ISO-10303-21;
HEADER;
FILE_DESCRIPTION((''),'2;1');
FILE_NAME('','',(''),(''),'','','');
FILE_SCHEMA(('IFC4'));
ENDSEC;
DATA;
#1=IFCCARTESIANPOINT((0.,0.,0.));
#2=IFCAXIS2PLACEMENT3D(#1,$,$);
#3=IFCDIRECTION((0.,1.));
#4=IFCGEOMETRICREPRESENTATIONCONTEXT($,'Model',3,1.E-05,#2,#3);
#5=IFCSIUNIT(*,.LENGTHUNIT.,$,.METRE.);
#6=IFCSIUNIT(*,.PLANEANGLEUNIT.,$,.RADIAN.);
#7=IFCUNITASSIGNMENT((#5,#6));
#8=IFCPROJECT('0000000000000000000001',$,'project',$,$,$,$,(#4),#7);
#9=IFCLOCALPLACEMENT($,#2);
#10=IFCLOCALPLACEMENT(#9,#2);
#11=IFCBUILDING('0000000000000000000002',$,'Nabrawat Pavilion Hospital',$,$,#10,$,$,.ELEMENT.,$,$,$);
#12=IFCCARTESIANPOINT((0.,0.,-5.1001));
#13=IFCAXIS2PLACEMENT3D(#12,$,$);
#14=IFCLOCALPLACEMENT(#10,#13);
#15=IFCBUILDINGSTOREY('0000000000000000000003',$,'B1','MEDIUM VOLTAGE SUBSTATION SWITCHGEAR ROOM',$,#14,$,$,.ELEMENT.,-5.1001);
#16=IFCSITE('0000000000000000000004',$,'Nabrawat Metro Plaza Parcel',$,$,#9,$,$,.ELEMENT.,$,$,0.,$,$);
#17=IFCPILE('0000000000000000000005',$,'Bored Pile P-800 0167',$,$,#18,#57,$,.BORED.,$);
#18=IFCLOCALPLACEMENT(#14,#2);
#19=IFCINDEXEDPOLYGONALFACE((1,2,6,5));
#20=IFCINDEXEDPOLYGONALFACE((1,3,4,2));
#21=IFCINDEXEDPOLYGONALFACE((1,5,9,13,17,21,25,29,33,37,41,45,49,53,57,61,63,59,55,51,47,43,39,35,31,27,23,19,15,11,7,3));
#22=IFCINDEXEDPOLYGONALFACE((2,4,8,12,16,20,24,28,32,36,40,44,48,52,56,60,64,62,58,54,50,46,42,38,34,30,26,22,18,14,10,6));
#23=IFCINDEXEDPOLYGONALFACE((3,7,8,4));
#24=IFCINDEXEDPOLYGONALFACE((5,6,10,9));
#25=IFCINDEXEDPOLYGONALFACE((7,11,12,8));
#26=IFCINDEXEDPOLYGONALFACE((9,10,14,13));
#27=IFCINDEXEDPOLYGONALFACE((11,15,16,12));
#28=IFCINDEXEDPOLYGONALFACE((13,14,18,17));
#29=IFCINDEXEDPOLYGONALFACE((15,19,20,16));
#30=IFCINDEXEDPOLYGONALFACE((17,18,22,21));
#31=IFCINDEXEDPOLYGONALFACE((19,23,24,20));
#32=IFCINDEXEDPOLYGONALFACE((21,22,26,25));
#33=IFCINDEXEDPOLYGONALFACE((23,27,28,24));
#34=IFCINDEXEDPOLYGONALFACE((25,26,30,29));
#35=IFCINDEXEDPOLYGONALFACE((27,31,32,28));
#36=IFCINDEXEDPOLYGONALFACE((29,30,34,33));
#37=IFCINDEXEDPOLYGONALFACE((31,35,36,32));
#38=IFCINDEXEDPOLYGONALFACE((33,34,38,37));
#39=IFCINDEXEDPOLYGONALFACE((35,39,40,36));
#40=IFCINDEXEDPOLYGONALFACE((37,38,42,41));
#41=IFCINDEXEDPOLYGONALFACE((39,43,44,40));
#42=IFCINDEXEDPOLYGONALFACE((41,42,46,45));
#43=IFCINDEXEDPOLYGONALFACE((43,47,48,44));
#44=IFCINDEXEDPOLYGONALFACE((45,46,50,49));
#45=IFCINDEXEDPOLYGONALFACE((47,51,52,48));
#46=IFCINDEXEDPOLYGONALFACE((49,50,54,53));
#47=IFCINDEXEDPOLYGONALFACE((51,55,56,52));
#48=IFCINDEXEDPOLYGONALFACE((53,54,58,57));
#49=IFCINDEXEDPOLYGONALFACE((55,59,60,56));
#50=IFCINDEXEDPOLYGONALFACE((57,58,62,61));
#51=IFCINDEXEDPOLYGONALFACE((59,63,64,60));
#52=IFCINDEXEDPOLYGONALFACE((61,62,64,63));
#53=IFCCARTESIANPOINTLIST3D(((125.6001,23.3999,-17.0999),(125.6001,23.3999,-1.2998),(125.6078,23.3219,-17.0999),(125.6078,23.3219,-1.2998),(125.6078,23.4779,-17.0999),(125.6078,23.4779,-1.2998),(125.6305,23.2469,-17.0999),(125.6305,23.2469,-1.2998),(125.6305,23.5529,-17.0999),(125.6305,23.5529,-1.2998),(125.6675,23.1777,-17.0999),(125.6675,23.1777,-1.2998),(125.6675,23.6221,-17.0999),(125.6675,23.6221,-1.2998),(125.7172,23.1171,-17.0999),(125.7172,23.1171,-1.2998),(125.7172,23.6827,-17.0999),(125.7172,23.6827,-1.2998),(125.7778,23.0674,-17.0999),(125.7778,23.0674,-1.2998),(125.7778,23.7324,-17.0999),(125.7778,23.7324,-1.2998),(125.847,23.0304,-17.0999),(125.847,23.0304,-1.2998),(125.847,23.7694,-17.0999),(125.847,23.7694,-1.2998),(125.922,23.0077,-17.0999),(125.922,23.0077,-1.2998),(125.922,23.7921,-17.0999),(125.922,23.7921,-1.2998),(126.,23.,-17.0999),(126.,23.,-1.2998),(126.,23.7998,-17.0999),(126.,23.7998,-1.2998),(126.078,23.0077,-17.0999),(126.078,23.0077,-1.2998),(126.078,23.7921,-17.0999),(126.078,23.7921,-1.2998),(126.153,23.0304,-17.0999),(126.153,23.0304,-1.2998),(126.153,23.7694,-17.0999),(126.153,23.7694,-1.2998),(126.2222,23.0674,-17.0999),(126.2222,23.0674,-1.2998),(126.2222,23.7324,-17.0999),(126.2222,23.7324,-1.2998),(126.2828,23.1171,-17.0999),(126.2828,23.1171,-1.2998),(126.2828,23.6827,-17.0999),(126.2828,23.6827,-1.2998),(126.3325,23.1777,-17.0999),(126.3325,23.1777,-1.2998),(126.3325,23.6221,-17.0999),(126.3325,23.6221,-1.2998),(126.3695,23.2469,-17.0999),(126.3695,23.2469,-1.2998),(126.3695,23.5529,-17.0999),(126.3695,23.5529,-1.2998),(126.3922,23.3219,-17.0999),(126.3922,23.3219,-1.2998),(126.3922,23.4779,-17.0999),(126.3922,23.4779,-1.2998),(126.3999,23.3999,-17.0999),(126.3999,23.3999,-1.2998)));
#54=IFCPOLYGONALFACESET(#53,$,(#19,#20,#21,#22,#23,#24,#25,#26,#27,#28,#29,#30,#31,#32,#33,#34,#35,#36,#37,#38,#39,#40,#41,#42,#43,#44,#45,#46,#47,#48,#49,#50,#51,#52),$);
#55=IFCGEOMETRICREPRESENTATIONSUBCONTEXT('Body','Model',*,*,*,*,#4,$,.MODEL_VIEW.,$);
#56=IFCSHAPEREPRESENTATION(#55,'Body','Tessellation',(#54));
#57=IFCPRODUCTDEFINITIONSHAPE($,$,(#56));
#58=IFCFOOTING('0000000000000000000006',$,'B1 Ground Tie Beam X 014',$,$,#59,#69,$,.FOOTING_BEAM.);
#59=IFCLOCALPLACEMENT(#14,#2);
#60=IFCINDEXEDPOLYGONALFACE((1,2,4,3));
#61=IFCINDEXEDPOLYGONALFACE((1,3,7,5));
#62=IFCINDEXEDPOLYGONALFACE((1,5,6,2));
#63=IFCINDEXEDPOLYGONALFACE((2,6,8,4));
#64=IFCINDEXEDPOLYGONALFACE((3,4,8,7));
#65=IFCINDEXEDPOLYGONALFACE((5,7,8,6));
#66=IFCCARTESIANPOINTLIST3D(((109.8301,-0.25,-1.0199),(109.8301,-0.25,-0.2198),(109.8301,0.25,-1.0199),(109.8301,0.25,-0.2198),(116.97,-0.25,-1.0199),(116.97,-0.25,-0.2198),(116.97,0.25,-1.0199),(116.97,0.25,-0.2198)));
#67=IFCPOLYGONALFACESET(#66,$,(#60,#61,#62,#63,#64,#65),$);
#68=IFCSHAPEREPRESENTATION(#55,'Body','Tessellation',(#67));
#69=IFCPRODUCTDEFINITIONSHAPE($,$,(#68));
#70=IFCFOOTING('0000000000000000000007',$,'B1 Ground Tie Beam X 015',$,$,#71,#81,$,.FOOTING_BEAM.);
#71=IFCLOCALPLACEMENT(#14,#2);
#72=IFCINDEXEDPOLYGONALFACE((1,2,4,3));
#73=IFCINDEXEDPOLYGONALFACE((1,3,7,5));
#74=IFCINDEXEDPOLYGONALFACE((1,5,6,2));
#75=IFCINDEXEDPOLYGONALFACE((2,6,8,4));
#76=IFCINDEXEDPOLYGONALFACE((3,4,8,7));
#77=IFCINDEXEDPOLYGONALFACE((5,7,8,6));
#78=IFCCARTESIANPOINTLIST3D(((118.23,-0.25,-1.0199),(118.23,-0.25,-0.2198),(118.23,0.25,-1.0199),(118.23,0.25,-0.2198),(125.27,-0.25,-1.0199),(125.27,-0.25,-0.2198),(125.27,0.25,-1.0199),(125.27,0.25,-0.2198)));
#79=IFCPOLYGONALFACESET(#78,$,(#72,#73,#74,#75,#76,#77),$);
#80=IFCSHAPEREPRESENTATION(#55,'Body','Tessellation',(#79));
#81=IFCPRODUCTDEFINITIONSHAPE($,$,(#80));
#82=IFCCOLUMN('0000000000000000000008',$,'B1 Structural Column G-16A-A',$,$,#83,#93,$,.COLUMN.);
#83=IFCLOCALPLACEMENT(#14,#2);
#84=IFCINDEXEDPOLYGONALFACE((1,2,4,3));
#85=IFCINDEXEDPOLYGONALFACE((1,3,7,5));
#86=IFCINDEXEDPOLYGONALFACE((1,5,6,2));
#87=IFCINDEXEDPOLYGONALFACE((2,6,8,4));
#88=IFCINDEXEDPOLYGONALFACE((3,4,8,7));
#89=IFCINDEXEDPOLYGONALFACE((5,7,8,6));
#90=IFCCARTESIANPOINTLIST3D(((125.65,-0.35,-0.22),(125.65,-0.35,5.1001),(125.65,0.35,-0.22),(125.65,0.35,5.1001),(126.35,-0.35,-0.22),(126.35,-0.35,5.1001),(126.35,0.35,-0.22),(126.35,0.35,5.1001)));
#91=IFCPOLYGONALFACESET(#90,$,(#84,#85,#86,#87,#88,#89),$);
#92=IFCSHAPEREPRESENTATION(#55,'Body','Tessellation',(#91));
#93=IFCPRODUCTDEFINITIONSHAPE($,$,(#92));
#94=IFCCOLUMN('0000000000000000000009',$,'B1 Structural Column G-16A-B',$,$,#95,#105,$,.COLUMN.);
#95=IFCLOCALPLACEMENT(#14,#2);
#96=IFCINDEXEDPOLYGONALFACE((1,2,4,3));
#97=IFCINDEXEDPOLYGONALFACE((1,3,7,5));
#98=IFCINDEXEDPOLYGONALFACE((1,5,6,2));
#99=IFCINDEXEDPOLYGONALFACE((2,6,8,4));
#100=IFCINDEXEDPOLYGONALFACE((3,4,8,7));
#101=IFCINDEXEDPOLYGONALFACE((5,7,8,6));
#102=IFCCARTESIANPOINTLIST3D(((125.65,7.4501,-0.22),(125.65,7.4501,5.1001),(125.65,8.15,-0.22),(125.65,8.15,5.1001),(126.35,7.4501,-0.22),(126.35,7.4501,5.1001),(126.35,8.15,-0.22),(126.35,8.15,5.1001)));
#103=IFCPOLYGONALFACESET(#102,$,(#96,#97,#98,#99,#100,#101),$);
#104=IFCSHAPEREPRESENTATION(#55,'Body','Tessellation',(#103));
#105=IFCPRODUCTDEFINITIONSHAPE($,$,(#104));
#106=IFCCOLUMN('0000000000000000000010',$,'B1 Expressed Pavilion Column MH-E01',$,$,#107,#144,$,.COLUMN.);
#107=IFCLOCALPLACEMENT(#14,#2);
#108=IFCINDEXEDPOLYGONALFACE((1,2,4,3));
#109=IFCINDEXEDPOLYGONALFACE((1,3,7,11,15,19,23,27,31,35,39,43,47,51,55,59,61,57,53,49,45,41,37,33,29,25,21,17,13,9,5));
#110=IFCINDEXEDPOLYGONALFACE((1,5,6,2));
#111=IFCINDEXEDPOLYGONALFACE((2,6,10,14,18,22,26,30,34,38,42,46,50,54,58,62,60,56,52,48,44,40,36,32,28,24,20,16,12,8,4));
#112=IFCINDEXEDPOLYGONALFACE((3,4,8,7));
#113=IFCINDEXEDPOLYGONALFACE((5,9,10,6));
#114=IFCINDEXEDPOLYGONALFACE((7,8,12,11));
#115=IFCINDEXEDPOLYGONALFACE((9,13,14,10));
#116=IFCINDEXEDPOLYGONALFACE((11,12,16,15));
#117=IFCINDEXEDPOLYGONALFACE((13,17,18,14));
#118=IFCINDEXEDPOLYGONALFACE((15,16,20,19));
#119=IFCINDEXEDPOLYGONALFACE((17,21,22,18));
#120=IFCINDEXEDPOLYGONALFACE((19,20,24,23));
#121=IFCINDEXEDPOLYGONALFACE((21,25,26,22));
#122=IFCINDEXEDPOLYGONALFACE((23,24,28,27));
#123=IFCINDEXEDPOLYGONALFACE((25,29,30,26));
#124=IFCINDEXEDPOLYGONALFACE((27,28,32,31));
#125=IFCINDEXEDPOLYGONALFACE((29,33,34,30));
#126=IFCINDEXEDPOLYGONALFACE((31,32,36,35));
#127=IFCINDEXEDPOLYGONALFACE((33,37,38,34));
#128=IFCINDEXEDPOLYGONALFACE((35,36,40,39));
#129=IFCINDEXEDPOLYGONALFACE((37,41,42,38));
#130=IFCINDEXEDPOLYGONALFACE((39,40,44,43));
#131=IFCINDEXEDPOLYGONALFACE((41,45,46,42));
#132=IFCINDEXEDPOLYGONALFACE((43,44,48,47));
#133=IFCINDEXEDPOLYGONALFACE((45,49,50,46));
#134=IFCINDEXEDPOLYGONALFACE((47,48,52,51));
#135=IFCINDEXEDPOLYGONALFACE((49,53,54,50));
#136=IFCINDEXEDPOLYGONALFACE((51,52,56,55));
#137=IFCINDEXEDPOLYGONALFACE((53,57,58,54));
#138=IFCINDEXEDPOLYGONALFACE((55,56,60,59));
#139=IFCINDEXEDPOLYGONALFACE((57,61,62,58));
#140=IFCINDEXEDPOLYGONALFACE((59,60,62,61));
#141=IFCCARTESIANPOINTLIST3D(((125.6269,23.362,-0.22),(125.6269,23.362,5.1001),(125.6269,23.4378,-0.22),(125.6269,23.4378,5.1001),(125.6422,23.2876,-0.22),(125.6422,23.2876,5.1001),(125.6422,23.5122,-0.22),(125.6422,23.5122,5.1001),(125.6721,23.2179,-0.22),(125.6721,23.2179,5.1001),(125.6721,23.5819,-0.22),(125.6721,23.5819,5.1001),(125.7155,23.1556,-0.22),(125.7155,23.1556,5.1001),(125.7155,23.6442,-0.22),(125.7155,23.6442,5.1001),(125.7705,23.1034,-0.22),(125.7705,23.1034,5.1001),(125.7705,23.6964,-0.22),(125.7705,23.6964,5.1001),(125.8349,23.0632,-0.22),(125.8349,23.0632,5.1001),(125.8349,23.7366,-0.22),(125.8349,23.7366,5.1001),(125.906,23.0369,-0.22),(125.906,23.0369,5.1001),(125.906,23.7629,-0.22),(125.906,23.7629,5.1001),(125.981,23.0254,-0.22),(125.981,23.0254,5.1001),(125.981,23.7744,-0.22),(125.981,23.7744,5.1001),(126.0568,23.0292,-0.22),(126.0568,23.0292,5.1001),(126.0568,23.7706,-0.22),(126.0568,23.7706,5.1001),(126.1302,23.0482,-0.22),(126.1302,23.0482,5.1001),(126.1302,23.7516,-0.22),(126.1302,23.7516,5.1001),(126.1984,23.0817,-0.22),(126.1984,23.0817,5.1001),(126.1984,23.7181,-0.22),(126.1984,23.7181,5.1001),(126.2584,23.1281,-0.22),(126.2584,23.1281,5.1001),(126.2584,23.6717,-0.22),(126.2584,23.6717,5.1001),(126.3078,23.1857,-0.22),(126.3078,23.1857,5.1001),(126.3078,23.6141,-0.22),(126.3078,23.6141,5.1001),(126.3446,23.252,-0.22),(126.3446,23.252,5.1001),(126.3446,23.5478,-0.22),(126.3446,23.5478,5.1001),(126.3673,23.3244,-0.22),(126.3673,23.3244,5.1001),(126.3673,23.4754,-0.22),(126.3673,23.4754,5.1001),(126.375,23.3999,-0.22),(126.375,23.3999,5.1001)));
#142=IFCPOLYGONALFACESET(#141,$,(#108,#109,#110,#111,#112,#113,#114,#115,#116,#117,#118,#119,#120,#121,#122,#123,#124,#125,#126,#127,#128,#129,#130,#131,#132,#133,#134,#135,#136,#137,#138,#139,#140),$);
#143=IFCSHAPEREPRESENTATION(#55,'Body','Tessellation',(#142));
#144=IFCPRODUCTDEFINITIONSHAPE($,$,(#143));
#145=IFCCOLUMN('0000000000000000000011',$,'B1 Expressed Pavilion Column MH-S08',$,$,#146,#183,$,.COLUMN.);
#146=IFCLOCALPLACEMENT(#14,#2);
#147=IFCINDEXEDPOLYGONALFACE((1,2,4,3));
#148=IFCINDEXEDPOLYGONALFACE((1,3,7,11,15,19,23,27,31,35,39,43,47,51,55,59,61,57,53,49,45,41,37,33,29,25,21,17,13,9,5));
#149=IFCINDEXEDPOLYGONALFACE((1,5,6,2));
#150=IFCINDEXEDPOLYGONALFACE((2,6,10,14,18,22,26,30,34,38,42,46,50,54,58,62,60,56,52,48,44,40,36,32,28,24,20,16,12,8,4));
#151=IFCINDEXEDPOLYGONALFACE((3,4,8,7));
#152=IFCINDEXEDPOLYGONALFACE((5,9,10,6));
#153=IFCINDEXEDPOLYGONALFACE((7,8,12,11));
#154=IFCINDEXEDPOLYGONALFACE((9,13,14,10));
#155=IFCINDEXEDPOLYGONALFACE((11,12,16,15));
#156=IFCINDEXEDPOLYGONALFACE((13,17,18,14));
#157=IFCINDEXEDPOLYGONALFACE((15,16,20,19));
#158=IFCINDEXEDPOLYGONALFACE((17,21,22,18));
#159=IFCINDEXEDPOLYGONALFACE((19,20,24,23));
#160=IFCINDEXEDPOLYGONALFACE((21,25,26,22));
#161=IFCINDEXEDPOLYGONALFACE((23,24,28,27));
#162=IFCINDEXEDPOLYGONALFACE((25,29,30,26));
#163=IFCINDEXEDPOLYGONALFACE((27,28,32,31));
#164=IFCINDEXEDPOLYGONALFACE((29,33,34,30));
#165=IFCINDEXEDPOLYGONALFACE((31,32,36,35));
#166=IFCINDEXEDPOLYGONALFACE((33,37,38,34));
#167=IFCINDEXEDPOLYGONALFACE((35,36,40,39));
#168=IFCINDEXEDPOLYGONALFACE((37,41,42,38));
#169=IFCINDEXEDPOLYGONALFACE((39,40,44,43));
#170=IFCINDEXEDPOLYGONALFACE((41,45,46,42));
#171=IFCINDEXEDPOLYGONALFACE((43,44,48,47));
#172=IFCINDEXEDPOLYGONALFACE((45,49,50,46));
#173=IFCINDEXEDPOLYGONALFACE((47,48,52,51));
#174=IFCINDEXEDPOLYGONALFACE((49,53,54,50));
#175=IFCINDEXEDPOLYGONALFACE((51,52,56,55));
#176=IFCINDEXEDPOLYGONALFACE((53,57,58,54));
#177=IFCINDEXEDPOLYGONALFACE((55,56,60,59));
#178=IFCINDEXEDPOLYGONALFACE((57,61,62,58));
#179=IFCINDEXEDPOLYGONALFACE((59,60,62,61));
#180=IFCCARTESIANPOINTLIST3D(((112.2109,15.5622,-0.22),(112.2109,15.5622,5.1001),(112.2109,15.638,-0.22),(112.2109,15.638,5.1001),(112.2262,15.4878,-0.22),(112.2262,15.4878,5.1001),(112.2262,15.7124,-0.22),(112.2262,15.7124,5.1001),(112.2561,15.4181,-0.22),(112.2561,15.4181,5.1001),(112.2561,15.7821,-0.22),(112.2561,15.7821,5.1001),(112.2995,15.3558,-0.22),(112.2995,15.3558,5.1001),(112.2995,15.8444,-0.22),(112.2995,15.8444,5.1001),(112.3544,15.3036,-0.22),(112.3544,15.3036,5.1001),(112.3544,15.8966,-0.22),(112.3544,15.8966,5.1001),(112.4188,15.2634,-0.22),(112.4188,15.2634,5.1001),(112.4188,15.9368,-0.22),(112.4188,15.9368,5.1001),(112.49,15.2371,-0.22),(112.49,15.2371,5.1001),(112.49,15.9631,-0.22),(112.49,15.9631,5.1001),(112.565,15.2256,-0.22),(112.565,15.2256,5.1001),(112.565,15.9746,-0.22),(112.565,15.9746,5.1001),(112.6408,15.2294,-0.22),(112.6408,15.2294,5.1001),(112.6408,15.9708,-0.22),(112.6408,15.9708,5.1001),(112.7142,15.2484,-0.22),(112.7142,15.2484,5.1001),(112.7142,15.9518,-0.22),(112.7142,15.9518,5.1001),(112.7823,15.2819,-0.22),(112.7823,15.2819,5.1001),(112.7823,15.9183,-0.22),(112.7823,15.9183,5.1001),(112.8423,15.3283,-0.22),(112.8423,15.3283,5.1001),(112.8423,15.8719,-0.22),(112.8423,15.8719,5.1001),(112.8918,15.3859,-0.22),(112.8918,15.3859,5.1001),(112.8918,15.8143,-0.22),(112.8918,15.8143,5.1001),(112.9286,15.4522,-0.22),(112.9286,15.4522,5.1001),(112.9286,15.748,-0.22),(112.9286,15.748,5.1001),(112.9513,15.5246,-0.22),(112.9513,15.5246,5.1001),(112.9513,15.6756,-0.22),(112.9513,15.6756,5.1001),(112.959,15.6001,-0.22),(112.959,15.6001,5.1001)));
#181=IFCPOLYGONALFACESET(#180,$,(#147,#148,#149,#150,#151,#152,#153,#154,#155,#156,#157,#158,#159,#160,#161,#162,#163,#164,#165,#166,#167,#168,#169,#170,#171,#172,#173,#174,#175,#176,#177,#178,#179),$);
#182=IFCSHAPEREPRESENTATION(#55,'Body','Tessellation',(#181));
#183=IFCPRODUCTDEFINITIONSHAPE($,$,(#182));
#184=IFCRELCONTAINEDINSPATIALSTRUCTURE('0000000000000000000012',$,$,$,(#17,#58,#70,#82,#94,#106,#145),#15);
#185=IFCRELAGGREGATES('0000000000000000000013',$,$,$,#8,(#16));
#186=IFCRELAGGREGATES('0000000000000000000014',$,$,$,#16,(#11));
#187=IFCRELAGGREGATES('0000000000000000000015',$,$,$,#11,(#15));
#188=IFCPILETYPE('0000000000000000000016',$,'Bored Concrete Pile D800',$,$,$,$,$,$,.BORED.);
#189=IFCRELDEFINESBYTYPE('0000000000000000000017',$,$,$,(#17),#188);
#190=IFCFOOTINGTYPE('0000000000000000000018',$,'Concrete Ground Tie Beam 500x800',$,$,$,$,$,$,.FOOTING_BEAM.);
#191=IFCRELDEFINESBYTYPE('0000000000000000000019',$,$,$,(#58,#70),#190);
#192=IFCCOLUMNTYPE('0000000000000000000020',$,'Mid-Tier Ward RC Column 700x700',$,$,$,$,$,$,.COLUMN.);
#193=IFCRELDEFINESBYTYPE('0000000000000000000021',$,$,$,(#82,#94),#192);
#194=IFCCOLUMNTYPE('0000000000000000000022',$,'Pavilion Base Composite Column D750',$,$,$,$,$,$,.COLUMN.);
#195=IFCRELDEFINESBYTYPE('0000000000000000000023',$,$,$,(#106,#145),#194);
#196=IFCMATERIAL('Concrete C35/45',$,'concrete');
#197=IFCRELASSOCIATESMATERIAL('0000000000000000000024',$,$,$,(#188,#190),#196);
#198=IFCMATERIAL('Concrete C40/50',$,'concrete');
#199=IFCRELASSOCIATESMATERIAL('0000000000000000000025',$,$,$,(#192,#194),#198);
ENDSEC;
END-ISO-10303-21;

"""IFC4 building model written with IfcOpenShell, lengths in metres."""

from ifc_helpers import new_model, si_unit, direction, frame, origin, origin_2d, place, context, subcontext, project, spatial, rectangle, circle, extrude, material, material_profile, profile_set, type_object, element, save


model = new_model("IFC4")

# Units and contexts
model_context = context("Model", 3, precision=1e-05, world=origin(), true_north=direction((0.0, 1.0)))
body_context = subcontext(model_context, "Body", "Model", "MODEL_VIEW")
ifc_project = project(units=[si_unit("LENGTHUNIT", "METRE"), si_unit("PLANEANGLEUNIT", "RADIAN")], contexts=[model_context])

# Site, building, storey
site_placement = place(None, origin())
site = spatial("IfcSite", under=ifc_project, at=site_placement, Name="Nabrawat Metro Plaza Parcel", CompositionType="ELEMENT", RefElevation=0.0)
building_placement = place(site_placement, origin())
building = spatial("IfcBuilding", under=site, at=building_placement, Name="Nabrawat Pavilion Hospital", CompositionType="ELEMENT")
storey_placement = place(building_placement, frame((0.0, 0.0, -5.1001)))
storey = spatial("IfcBuildingStorey", under=building, at=storey_placement, Name="B1", Description="MEDIUM VOLTAGE SUBSTATION SWITCHGEAR ROOM", CompositionType="ELEMENT", Elevation=-5.1001)

# Pile
ifc_material_1 = material(Name="Concrete C35/45", Category="concrete")
ifc_material_profile_1 = material_profile(ifc_material_1, circle(Radius=0.3999, at=origin_2d()), Name="DIA 800")
ifc_profile_set_1 = profile_set([ifc_material_profile_1], Name="Concrete C35/45")
pile_type_1 = type_object("IfcPileType", Name="Bored Concrete Pile D800", PredefinedType="BORED", material=ifc_profile_set_1)
pile_1_placement = place(storey_placement, frame((126.0, 23.3999, -1.2998), z_axis=(0.0, 0.0, -1.0), x_axis=(1.0, 0.0, 0.0)))
element("IfcPile", 1, at=pile_1_placement, inside=storey, type_object=pile_type_1, Name="Bored Pile P-800 0167", PredefinedType="BORED", context=body_context, shape_type="SweptSolid", body=[
    extrude(circle(Radius=0.3999, at=origin_2d()), origin(), (0.0, 0.0, 1.0), 15.8),
])

# Footings
ifc_material_profile_2 = material_profile(ifc_material_1, rectangle(XDim=0.5, YDim=0.8, at=origin_2d()), Name="RC 500x800")
ifc_profile_set_2 = profile_set([ifc_material_profile_2], Name="Concrete C35/45")
footing_type = type_object("IfcFootingType", Name="Concrete Ground Tie Beam 500x800", PredefinedType="FOOTING_BEAM", material=ifc_profile_set_2)
footing_1_placement = place(storey_placement, frame((109.8301, 0.0, -0.6199), z_axis=(1.0, 0.0, 0.0), x_axis=(0.0, 1.0, 0.0)))
element("IfcFooting", 2, at=footing_1_placement, inside=storey, type_object=footing_type, Name="B1 Ground Tie Beam X 014", PredefinedType="FOOTING_BEAM", context=body_context, shape_type="SweptSolid", body=[
    extrude(rectangle(XDim=0.5, YDim=0.8, at=origin_2d()), origin(), (0.0, 0.0, 1.0), 7.1399),
])
footing_2_placement = place(storey_placement, frame((118.23, 0.0, -0.6199), z_axis=(1.0, 0.0, 0.0), x_axis=(0.0, 1.0, 0.0)))
element("IfcFooting", 3, at=footing_2_placement, inside=storey, type_object=footing_type, Name="B1 Ground Tie Beam X 015", PredefinedType="FOOTING_BEAM", context=body_context, shape_type="SweptSolid", body=[
    extrude(rectangle(XDim=0.5, YDim=0.8, at=origin_2d()), origin(), (0.0, 0.0, 1.0), 7.04),
])

# Columns
ifc_material_2 = material(Name="Concrete C40/50", Category="concrete")
ifc_material_profile_3 = material_profile(ifc_material_2, rectangle(XDim=0.7, YDim=0.7, at=origin_2d()), Name="RC 700x700")
ifc_profile_set_3 = profile_set([ifc_material_profile_3], Name="Concrete C40/50")
column_type_1 = type_object("IfcColumnType", Name="Mid-Tier Ward RC Column 700x700", PredefinedType="COLUMN", material=ifc_profile_set_3)
for number, where, z_axis, x_axis, name in (
    (4, (126.0, 0.0, -0.22), (0.0, 0.0, 1.0), (1.0, 0.0, 0.0), "B1 Structural Column G-16A-A"),
    (5, (126.0, 7.8, -0.22), (0.0, 0.0, 1.0), (1.0, 0.0, 0.0), "B1 Structural Column G-16A-B"),
):
    element("IfcColumn", number, at=place(storey_placement, frame(where, z_axis=z_axis, x_axis=x_axis)), inside=storey, type_object=column_type_1, Name=name, PredefinedType="COLUMN", context=body_context, shape_type="SweptSolid", body=[
        extrude(rectangle(XDim=0.7, YDim=0.7, at=origin_2d()), origin(), (0.0, 0.0, 1.0), 5.3201),
    ])
ifc_material_profile_4 = material_profile(ifc_material_2, circle(Radius=0.375, at=origin_2d()), Name="RC D750")
ifc_profile_set_4 = profile_set([ifc_material_profile_4], Name="Concrete C40/50")
column_type_2 = type_object("IfcColumnType", Name="Pavilion Base Composite Column D750", PredefinedType="COLUMN", material=ifc_profile_set_4)
for number, where, z_axis, x_axis, name in (
    (6, (126.0, 23.3999, -0.22), (0.0, 0.0, 1.0), (1.0, 0.0, 0.0), "B1 Expressed Pavilion Column MH-E01"),
    (7, (112.584, 15.6001, -0.22), (0.0, 0.0, 1.0), (1.0, 0.0, 0.0), "B1 Expressed Pavilion Column MH-S08"),
):
    element("IfcColumn", number, at=place(storey_placement, frame(where, z_axis=z_axis, x_axis=x_axis)), inside=storey, type_object=column_type_2, Name=name, PredefinedType="COLUMN", context=body_context, shape_type="SweptSolid", body=[
        extrude(circle(Radius=0.375, at=origin_2d()), origin(), (0.0, 0.0, 1.0), 5.3201),
    ])

save(model, "model.ifc")
